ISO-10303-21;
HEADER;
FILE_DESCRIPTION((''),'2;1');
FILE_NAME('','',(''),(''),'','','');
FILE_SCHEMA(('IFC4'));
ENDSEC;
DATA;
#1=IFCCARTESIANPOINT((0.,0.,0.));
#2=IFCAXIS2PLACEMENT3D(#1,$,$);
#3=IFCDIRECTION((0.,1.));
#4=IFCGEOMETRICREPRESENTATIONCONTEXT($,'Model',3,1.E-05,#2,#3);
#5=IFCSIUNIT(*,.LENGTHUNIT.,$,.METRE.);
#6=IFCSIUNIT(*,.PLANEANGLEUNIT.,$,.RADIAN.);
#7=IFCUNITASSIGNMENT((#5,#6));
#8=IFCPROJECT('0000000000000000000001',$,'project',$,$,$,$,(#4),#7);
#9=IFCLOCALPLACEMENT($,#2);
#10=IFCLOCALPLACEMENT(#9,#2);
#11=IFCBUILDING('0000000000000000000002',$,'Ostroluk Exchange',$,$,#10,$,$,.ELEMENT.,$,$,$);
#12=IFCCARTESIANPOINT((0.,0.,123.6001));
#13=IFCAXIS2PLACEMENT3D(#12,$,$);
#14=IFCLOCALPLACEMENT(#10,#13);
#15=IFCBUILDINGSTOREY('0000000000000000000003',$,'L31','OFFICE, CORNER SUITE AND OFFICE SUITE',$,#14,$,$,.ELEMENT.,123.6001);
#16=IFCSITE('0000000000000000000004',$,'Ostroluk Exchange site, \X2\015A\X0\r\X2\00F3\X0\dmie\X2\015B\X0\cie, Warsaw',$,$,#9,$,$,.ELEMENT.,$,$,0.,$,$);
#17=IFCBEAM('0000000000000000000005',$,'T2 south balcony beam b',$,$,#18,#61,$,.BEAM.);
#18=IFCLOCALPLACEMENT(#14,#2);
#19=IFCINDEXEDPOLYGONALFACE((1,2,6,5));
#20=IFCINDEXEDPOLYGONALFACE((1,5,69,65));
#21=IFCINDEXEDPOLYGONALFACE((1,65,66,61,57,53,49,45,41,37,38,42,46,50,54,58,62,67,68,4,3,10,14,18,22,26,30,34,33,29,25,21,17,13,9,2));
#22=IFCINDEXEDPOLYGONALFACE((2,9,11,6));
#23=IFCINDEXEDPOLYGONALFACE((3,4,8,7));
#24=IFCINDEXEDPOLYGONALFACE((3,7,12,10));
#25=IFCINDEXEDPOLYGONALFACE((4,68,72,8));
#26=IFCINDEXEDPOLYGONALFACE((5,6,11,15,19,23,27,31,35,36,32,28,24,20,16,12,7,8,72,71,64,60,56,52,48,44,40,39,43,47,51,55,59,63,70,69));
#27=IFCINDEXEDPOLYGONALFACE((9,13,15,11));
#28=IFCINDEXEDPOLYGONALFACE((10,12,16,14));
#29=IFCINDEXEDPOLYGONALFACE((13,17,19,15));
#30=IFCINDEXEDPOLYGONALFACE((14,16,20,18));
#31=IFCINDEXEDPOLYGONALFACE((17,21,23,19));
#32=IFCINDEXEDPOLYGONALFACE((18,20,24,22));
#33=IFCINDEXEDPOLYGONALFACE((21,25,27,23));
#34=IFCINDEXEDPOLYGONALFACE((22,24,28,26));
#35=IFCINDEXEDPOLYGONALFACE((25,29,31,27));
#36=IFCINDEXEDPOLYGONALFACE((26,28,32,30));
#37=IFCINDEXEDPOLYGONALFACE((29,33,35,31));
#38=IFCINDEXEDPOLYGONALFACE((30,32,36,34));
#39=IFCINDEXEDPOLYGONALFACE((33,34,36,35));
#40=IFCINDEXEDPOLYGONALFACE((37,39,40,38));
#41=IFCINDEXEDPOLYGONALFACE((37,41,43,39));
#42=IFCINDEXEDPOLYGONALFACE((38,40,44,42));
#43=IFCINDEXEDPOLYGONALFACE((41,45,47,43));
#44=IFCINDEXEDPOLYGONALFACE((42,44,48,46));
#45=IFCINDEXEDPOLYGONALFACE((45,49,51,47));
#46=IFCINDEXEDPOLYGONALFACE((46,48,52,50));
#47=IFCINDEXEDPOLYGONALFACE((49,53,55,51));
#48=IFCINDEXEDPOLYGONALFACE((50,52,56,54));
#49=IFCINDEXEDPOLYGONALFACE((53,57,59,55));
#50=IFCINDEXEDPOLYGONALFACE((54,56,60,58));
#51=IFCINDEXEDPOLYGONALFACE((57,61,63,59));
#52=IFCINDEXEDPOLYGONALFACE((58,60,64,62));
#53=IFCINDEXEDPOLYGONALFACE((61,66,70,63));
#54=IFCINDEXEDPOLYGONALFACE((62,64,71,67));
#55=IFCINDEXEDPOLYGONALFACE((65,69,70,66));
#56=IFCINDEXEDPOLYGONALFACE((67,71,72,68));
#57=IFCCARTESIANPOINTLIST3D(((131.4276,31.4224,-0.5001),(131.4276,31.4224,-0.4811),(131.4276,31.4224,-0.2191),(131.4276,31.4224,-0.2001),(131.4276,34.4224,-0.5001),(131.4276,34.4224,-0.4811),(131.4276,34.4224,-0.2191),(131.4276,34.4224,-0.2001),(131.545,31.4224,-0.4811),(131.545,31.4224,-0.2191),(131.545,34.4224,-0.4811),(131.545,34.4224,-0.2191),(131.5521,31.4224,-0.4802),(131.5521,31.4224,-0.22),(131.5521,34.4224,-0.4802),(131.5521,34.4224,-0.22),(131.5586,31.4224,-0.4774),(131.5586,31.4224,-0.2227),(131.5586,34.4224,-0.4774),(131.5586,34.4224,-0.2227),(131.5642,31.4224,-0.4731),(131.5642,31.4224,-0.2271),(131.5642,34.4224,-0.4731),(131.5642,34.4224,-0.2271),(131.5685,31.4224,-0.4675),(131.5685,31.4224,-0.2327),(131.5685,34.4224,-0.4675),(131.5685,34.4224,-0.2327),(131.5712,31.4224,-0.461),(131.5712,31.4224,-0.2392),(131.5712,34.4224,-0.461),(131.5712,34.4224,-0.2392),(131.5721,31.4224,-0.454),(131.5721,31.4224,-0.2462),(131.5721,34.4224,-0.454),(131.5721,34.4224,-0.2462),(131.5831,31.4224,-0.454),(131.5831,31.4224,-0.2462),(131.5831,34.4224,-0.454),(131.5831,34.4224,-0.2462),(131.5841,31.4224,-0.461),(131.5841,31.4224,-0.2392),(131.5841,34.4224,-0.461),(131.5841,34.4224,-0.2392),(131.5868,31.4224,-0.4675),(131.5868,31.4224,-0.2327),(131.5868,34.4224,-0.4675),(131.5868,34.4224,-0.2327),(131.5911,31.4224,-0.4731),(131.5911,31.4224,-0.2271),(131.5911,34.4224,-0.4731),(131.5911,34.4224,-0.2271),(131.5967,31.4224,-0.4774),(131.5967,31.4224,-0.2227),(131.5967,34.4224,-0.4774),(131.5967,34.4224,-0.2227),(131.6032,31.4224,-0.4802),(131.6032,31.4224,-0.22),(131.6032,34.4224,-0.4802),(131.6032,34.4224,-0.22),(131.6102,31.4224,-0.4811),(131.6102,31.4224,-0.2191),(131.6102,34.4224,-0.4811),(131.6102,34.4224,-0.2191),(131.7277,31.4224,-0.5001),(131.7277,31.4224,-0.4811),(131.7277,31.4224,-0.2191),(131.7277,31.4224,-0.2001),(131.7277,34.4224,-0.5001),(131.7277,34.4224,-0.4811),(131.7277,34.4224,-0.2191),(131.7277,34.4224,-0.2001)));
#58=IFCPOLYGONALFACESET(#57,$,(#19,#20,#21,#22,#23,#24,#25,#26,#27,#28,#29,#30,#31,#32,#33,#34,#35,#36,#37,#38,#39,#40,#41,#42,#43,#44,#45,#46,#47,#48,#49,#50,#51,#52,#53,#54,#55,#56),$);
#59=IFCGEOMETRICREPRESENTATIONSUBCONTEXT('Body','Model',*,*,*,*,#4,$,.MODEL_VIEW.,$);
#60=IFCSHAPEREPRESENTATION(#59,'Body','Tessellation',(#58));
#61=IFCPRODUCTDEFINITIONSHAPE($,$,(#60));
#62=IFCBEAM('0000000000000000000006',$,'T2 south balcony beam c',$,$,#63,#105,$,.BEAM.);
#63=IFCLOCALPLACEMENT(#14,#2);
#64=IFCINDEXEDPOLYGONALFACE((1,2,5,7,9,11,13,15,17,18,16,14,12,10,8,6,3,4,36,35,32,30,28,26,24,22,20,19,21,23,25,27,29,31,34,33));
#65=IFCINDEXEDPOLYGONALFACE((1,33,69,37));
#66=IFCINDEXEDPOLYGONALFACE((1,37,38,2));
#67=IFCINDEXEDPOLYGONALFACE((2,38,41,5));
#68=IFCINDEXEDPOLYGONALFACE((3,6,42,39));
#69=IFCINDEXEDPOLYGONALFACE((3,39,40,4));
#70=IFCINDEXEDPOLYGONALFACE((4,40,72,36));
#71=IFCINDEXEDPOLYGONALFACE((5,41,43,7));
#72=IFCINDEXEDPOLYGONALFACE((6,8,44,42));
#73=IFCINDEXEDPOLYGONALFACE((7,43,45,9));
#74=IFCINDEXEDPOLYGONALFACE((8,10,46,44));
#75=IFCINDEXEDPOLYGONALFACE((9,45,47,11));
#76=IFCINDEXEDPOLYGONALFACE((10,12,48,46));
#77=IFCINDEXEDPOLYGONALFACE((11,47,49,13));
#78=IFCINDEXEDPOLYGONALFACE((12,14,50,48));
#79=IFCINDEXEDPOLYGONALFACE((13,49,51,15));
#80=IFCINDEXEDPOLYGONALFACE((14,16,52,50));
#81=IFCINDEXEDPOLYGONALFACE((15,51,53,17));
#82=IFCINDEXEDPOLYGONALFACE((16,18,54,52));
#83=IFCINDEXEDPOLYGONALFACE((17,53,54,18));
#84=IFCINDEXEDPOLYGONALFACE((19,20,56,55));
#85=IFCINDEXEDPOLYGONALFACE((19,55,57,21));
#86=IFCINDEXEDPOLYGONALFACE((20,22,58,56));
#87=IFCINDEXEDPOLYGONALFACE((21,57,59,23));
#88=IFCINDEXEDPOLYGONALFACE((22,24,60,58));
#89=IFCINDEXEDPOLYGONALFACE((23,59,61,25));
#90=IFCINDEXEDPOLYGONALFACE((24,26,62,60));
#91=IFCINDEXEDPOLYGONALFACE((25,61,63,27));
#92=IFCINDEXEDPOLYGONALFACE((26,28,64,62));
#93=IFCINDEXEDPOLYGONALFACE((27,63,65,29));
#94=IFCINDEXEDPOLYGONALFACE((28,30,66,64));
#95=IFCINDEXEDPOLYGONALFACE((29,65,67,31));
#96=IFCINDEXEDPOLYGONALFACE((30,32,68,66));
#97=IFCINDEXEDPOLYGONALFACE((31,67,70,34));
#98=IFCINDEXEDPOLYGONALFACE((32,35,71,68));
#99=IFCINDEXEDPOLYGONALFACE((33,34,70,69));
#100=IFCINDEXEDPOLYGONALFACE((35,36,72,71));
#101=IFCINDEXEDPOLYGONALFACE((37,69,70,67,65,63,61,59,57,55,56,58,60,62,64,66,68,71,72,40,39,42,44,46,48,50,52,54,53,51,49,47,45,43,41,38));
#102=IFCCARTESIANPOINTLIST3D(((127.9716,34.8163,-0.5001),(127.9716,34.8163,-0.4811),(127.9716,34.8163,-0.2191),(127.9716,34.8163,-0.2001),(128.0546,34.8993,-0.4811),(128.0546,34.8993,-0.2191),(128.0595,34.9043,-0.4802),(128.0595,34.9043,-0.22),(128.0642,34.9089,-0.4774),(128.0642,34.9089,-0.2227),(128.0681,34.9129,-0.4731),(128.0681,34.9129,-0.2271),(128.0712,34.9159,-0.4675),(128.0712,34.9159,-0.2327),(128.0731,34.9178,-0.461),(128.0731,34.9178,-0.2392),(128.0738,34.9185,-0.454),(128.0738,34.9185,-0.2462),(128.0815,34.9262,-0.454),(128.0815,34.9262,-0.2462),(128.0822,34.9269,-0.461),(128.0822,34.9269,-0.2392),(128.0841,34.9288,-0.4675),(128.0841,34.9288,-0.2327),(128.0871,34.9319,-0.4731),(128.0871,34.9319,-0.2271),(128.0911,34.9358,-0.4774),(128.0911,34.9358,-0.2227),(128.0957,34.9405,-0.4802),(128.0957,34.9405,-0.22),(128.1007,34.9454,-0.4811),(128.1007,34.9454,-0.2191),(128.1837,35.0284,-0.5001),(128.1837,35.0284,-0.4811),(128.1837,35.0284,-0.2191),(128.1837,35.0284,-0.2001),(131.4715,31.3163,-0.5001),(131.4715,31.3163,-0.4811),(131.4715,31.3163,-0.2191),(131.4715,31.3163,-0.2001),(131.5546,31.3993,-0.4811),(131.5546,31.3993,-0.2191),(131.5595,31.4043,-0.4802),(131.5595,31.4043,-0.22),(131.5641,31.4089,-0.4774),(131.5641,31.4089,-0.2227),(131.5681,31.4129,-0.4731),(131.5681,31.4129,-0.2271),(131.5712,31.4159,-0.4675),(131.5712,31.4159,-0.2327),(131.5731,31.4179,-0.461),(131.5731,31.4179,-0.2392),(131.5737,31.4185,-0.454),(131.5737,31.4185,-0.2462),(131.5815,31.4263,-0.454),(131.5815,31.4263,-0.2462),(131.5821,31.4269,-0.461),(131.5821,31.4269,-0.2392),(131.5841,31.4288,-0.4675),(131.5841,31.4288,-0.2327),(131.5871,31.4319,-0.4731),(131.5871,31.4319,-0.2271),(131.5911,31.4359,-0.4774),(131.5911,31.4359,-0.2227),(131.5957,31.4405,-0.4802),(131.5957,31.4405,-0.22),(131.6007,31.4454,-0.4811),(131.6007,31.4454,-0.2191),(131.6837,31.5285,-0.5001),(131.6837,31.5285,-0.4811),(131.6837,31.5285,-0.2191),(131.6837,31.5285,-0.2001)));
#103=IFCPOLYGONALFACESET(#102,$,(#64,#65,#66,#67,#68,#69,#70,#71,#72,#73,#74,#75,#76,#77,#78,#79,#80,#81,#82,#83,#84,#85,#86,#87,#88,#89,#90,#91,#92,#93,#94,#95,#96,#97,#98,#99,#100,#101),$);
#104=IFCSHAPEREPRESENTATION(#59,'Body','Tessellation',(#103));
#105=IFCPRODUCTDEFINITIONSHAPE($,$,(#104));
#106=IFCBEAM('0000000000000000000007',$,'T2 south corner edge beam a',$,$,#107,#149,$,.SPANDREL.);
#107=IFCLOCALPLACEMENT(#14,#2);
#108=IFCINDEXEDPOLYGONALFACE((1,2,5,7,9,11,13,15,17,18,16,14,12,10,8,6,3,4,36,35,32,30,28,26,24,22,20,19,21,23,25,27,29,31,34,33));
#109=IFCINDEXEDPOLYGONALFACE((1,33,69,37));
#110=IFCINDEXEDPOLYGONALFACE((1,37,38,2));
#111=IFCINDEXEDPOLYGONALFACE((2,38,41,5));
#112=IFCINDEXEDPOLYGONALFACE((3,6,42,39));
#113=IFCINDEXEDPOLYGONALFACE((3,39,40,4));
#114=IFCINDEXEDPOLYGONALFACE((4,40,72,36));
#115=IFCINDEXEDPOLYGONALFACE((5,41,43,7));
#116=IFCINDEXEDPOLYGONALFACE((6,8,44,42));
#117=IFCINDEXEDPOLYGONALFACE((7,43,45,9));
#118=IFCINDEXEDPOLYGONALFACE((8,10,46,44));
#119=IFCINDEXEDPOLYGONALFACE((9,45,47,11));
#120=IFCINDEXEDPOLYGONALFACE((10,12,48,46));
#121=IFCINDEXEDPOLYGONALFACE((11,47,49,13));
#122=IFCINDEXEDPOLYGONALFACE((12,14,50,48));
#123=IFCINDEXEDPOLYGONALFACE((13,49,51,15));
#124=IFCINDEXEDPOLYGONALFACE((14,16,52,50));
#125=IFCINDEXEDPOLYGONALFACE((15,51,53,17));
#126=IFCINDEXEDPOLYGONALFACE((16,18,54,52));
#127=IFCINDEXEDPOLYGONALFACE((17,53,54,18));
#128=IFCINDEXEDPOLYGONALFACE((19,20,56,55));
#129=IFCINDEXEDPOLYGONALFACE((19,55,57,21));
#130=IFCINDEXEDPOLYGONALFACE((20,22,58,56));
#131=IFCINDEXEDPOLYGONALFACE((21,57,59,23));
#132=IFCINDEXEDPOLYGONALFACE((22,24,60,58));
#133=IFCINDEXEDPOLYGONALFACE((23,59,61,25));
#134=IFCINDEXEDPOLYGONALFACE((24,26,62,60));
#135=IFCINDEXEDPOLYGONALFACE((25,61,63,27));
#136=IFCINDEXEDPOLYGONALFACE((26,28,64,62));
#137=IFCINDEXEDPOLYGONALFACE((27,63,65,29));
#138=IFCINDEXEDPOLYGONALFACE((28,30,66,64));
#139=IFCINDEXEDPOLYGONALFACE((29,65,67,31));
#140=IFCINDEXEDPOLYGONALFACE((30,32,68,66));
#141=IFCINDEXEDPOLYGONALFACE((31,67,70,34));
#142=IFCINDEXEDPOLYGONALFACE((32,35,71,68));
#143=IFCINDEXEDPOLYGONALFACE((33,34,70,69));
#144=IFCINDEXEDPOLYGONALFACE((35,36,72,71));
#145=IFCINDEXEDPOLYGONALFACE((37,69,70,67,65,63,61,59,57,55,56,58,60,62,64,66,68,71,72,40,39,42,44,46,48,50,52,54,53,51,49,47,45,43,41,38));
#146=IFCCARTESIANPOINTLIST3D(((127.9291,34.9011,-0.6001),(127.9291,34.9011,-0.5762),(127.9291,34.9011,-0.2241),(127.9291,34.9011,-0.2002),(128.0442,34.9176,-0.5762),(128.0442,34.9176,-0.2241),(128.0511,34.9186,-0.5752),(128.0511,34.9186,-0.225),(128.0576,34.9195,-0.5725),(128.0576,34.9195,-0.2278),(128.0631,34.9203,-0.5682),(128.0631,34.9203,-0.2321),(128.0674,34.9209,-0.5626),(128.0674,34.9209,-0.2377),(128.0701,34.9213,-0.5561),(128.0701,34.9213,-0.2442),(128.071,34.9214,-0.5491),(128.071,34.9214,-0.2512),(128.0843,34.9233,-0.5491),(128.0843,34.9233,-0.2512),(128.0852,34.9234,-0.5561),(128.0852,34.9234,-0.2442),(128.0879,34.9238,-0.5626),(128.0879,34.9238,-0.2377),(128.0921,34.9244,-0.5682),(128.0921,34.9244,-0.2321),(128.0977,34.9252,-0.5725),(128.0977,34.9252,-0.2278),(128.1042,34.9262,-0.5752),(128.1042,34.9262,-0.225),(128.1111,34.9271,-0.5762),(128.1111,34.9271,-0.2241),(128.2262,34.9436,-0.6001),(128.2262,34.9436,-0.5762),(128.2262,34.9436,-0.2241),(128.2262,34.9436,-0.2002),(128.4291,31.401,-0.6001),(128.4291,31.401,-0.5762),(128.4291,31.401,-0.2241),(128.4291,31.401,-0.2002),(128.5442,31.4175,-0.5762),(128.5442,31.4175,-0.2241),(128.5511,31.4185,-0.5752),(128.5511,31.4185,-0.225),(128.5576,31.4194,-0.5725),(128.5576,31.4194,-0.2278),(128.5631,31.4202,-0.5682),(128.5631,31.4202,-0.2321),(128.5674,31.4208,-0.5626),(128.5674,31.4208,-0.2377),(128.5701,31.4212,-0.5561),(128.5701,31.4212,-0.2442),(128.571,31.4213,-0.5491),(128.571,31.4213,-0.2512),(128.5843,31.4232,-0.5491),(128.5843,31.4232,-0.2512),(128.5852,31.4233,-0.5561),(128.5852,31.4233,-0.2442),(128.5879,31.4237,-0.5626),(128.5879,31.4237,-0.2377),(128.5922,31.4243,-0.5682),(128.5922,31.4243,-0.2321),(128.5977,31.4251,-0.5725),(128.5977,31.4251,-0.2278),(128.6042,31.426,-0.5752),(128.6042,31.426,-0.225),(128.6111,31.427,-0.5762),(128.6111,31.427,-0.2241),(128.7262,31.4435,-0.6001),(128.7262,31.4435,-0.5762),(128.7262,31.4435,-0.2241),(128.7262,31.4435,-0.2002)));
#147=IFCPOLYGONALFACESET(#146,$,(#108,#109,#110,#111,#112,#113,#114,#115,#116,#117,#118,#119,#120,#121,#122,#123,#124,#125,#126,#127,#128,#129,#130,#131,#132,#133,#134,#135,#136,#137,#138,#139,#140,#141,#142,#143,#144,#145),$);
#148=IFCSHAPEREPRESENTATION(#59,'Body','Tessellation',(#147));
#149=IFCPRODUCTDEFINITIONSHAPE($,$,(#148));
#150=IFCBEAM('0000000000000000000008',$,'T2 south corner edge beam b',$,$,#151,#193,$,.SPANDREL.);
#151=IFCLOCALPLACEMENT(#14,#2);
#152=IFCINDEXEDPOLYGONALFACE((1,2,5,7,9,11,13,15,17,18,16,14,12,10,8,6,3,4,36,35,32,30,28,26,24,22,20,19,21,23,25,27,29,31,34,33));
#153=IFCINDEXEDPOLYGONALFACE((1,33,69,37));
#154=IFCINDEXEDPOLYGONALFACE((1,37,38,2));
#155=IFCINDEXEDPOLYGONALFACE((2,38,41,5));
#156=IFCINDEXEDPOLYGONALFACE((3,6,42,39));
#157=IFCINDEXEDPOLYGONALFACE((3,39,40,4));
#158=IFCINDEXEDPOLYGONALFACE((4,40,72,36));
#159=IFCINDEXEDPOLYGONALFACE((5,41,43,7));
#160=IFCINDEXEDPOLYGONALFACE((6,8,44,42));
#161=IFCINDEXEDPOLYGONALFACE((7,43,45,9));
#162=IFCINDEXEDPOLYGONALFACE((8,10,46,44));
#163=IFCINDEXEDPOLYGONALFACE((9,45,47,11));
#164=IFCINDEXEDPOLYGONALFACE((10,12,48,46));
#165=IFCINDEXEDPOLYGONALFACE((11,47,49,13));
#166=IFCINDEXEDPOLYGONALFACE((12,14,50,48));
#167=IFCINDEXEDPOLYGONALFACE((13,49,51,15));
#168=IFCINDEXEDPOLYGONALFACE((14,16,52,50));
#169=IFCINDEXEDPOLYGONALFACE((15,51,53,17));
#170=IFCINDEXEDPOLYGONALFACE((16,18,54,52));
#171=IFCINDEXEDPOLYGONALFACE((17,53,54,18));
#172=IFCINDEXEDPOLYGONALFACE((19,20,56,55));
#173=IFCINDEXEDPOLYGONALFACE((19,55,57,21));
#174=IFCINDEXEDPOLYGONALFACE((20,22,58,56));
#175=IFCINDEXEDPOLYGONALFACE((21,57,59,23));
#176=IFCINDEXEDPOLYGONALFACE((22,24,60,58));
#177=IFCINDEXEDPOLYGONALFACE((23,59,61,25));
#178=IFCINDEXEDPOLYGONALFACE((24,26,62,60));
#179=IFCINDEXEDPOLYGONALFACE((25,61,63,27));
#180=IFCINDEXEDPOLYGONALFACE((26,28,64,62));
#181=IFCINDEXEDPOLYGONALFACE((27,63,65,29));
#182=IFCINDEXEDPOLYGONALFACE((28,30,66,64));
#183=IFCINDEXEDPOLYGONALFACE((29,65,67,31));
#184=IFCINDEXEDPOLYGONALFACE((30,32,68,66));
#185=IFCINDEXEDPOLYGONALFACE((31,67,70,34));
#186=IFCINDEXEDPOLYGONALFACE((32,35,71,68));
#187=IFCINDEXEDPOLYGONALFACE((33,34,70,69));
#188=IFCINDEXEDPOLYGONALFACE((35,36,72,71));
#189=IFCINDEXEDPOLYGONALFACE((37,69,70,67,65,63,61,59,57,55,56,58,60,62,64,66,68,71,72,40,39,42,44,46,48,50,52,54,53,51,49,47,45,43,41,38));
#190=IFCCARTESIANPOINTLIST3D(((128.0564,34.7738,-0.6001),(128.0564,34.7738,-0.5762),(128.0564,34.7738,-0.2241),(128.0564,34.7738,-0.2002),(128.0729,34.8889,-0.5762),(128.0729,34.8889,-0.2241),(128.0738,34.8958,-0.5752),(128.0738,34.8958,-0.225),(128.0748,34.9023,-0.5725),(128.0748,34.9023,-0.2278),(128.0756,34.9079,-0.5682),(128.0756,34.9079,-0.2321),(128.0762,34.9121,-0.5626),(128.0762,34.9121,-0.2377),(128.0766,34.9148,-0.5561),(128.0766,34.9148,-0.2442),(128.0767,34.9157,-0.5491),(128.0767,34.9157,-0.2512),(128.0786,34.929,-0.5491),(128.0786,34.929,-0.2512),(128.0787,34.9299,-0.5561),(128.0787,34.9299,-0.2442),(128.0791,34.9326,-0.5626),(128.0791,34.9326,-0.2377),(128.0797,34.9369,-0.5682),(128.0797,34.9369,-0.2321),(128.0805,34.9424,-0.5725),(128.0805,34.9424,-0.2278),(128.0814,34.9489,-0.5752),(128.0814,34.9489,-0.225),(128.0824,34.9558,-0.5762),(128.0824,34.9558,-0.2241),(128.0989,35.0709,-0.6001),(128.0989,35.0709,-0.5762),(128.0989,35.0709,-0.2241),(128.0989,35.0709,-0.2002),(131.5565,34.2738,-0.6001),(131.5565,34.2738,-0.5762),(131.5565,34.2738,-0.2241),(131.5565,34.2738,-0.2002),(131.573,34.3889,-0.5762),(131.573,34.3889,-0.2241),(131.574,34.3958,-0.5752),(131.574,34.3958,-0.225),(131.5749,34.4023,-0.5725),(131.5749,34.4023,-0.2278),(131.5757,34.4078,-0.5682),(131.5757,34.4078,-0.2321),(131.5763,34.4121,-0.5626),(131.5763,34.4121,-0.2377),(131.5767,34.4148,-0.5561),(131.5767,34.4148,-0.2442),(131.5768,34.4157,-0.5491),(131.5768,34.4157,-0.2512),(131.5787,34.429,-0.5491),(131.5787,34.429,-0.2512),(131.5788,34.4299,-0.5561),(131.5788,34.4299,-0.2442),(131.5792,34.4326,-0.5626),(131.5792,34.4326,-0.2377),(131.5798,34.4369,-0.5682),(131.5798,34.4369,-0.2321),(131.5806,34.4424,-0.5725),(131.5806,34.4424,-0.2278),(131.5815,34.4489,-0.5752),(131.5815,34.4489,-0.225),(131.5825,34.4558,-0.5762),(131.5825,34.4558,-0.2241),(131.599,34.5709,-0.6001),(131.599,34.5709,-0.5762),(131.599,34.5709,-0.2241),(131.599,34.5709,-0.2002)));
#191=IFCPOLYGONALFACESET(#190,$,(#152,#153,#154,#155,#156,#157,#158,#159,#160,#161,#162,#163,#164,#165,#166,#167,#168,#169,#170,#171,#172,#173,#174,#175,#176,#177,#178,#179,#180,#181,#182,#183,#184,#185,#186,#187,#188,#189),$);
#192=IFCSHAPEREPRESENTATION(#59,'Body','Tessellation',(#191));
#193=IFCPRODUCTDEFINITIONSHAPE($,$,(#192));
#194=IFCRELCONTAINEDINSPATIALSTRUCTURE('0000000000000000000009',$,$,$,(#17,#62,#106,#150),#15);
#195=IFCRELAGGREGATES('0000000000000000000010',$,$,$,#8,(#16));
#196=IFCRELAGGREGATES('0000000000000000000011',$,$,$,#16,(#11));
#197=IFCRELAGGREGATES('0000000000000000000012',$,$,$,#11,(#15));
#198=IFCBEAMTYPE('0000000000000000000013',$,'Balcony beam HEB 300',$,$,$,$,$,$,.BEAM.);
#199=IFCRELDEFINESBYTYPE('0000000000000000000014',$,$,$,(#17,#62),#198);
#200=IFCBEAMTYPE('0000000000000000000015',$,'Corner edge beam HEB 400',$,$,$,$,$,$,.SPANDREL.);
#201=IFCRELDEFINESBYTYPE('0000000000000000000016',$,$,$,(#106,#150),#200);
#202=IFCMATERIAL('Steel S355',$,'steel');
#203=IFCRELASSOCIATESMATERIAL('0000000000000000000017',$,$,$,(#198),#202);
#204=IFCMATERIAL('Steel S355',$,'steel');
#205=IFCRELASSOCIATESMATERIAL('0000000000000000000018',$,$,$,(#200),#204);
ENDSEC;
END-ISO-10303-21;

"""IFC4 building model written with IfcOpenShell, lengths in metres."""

from ifc_helpers import new_model, si_unit, direction, frame, origin, origin_2d, place, context, subcontext, project, spatial, i_section, extrude, material, material_profile, profile_set, type_object, element, save


model = new_model("IFC4")

# Units and contexts
model_context = context("Model", 3, precision=1e-05, world=origin(), true_north=direction((0.0, 1.0)))
body_context = subcontext(model_context, "Body", "Model", "MODEL_VIEW")
ifc_project = project(units=[si_unit("LENGTHUNIT", "METRE"), si_unit("PLANEANGLEUNIT", "RADIAN")], contexts=[model_context])

# Site, building, storey
site_placement = place(None, origin())
site = spatial("IfcSite", under=ifc_project, at=site_placement, Name="Ostroluk Exchange site, Śródmieście, Warsaw", CompositionType="ELEMENT", RefElevation=0.0)
building_placement = place(site_placement, origin())
building = spatial("IfcBuilding", under=site, at=building_placement, Name="Ostroluk Exchange", CompositionType="ELEMENT")
storey_placement = place(building_placement, frame((0.0, 0.0, 123.6001)))
storey = spatial("IfcBuildingStorey", under=building, at=storey_placement, Name="L31", Description="OFFICE, CORNER SUITE AND OFFICE SUITE", CompositionType="ELEMENT", Elevation=123.6001)

# Beams
ifc_material_1 = material(Name="Steel S355", Category="steel")
ifc_material_profile_1 = material_profile(ifc_material_1, i_section(OverallWidth=0.3, OverallDepth=0.3, WebThickness=0.011, FlangeThickness=0.019, FilletRadius=0.0271, at=origin_2d()), Name="HEB 300")
ifc_profile_set_1 = profile_set([ifc_material_profile_1], Name="Steel S355")
beam_type_1 = type_object("IfcBeamType", Name="Balcony beam HEB 300", PredefinedType="BEAM", material=ifc_profile_set_1)
for number, where, z_axis, x_axis, name in (
    (1, (131.5776, 34.4224, -0.3501), (0.0, -1.0, 0.0), (1.0, 0.0, 0.0), "T2 south balcony beam b"),
):
    element("IfcBeam", number, at=place(storey_placement, frame(where, z_axis=z_axis, x_axis=x_axis)), inside=storey, type_object=beam_type_1, Name=name, PredefinedType="BEAM", context=body_context, shape_type="SweptSolid", body=[
        extrude(i_section(OverallWidth=0.3, OverallDepth=0.3, WebThickness=0.011, FlangeThickness=0.019, FilletRadius=0.0271, at=origin_2d()), origin(), (0.0, 0.0, 1.0), 3.0),
    ])
beam_1_placement = place(storey_placement, frame((128.0776, 34.9224, -0.3501), z_axis=(0.707107, -0.707107, 0.0), x_axis=(0.707107, 0.707107, 0.0)))
element("IfcBeam", 2, at=beam_1_placement, inside=storey, type_object=beam_type_1, Name="T2 south balcony beam c", PredefinedType="BEAM", context=body_context, shape_type="SweptSolid", body=[
    extrude(i_section(OverallWidth=0.3, OverallDepth=0.3, WebThickness=0.011, FlangeThickness=0.019, FilletRadius=0.0271, at=origin_2d()), origin(), (0.0, 0.0, 1.0), 4.9497),
])
ifc_material_2 = material(Name="Steel S355", Category="steel")
ifc_material_profile_2 = material_profile(ifc_material_2, i_section(OverallWidth=0.3, OverallDepth=0.3999, WebThickness=0.0134, FlangeThickness=0.0239, FilletRadius=0.0271, at=origin_2d()), Name="HEB 400")
ifc_profile_set_2 = profile_set([ifc_material_profile_2], Name="Steel S355")
beam_type_2 = type_object("IfcBeamType", Name="Corner edge beam HEB 400", PredefinedType="SPANDREL", material=ifc_profile_set_2)
for number, where, z_axis, x_axis, name in (
    (3, (128.0776, 34.9224, -0.4001), (0.141421, -0.989949, 0.0), (0.989949, 0.141421, 0.0), "T2 south corner edge beam a"),
    (4, (128.0776, 34.9224, -0.4001), (0.989949, -0.141421, 0.0), (0.141421, 0.989949, 0.0), "T2 south corner edge beam b"),
):
    element("IfcBeam", number, at=place(storey_placement, frame(where, z_axis=z_axis, x_axis=x_axis)), inside=storey, type_object=beam_type_2, Name=name, PredefinedType="SPANDREL", context=body_context, shape_type="SweptSolid", body=[
        extrude(i_section(OverallWidth=0.3, OverallDepth=0.3999, WebThickness=0.0134, FlangeThickness=0.0239, FilletRadius=0.0271, at=origin_2d()), origin(), (0.0, 0.0, 1.0), 3.5356),
    ])

save(model, "model.ifc")
